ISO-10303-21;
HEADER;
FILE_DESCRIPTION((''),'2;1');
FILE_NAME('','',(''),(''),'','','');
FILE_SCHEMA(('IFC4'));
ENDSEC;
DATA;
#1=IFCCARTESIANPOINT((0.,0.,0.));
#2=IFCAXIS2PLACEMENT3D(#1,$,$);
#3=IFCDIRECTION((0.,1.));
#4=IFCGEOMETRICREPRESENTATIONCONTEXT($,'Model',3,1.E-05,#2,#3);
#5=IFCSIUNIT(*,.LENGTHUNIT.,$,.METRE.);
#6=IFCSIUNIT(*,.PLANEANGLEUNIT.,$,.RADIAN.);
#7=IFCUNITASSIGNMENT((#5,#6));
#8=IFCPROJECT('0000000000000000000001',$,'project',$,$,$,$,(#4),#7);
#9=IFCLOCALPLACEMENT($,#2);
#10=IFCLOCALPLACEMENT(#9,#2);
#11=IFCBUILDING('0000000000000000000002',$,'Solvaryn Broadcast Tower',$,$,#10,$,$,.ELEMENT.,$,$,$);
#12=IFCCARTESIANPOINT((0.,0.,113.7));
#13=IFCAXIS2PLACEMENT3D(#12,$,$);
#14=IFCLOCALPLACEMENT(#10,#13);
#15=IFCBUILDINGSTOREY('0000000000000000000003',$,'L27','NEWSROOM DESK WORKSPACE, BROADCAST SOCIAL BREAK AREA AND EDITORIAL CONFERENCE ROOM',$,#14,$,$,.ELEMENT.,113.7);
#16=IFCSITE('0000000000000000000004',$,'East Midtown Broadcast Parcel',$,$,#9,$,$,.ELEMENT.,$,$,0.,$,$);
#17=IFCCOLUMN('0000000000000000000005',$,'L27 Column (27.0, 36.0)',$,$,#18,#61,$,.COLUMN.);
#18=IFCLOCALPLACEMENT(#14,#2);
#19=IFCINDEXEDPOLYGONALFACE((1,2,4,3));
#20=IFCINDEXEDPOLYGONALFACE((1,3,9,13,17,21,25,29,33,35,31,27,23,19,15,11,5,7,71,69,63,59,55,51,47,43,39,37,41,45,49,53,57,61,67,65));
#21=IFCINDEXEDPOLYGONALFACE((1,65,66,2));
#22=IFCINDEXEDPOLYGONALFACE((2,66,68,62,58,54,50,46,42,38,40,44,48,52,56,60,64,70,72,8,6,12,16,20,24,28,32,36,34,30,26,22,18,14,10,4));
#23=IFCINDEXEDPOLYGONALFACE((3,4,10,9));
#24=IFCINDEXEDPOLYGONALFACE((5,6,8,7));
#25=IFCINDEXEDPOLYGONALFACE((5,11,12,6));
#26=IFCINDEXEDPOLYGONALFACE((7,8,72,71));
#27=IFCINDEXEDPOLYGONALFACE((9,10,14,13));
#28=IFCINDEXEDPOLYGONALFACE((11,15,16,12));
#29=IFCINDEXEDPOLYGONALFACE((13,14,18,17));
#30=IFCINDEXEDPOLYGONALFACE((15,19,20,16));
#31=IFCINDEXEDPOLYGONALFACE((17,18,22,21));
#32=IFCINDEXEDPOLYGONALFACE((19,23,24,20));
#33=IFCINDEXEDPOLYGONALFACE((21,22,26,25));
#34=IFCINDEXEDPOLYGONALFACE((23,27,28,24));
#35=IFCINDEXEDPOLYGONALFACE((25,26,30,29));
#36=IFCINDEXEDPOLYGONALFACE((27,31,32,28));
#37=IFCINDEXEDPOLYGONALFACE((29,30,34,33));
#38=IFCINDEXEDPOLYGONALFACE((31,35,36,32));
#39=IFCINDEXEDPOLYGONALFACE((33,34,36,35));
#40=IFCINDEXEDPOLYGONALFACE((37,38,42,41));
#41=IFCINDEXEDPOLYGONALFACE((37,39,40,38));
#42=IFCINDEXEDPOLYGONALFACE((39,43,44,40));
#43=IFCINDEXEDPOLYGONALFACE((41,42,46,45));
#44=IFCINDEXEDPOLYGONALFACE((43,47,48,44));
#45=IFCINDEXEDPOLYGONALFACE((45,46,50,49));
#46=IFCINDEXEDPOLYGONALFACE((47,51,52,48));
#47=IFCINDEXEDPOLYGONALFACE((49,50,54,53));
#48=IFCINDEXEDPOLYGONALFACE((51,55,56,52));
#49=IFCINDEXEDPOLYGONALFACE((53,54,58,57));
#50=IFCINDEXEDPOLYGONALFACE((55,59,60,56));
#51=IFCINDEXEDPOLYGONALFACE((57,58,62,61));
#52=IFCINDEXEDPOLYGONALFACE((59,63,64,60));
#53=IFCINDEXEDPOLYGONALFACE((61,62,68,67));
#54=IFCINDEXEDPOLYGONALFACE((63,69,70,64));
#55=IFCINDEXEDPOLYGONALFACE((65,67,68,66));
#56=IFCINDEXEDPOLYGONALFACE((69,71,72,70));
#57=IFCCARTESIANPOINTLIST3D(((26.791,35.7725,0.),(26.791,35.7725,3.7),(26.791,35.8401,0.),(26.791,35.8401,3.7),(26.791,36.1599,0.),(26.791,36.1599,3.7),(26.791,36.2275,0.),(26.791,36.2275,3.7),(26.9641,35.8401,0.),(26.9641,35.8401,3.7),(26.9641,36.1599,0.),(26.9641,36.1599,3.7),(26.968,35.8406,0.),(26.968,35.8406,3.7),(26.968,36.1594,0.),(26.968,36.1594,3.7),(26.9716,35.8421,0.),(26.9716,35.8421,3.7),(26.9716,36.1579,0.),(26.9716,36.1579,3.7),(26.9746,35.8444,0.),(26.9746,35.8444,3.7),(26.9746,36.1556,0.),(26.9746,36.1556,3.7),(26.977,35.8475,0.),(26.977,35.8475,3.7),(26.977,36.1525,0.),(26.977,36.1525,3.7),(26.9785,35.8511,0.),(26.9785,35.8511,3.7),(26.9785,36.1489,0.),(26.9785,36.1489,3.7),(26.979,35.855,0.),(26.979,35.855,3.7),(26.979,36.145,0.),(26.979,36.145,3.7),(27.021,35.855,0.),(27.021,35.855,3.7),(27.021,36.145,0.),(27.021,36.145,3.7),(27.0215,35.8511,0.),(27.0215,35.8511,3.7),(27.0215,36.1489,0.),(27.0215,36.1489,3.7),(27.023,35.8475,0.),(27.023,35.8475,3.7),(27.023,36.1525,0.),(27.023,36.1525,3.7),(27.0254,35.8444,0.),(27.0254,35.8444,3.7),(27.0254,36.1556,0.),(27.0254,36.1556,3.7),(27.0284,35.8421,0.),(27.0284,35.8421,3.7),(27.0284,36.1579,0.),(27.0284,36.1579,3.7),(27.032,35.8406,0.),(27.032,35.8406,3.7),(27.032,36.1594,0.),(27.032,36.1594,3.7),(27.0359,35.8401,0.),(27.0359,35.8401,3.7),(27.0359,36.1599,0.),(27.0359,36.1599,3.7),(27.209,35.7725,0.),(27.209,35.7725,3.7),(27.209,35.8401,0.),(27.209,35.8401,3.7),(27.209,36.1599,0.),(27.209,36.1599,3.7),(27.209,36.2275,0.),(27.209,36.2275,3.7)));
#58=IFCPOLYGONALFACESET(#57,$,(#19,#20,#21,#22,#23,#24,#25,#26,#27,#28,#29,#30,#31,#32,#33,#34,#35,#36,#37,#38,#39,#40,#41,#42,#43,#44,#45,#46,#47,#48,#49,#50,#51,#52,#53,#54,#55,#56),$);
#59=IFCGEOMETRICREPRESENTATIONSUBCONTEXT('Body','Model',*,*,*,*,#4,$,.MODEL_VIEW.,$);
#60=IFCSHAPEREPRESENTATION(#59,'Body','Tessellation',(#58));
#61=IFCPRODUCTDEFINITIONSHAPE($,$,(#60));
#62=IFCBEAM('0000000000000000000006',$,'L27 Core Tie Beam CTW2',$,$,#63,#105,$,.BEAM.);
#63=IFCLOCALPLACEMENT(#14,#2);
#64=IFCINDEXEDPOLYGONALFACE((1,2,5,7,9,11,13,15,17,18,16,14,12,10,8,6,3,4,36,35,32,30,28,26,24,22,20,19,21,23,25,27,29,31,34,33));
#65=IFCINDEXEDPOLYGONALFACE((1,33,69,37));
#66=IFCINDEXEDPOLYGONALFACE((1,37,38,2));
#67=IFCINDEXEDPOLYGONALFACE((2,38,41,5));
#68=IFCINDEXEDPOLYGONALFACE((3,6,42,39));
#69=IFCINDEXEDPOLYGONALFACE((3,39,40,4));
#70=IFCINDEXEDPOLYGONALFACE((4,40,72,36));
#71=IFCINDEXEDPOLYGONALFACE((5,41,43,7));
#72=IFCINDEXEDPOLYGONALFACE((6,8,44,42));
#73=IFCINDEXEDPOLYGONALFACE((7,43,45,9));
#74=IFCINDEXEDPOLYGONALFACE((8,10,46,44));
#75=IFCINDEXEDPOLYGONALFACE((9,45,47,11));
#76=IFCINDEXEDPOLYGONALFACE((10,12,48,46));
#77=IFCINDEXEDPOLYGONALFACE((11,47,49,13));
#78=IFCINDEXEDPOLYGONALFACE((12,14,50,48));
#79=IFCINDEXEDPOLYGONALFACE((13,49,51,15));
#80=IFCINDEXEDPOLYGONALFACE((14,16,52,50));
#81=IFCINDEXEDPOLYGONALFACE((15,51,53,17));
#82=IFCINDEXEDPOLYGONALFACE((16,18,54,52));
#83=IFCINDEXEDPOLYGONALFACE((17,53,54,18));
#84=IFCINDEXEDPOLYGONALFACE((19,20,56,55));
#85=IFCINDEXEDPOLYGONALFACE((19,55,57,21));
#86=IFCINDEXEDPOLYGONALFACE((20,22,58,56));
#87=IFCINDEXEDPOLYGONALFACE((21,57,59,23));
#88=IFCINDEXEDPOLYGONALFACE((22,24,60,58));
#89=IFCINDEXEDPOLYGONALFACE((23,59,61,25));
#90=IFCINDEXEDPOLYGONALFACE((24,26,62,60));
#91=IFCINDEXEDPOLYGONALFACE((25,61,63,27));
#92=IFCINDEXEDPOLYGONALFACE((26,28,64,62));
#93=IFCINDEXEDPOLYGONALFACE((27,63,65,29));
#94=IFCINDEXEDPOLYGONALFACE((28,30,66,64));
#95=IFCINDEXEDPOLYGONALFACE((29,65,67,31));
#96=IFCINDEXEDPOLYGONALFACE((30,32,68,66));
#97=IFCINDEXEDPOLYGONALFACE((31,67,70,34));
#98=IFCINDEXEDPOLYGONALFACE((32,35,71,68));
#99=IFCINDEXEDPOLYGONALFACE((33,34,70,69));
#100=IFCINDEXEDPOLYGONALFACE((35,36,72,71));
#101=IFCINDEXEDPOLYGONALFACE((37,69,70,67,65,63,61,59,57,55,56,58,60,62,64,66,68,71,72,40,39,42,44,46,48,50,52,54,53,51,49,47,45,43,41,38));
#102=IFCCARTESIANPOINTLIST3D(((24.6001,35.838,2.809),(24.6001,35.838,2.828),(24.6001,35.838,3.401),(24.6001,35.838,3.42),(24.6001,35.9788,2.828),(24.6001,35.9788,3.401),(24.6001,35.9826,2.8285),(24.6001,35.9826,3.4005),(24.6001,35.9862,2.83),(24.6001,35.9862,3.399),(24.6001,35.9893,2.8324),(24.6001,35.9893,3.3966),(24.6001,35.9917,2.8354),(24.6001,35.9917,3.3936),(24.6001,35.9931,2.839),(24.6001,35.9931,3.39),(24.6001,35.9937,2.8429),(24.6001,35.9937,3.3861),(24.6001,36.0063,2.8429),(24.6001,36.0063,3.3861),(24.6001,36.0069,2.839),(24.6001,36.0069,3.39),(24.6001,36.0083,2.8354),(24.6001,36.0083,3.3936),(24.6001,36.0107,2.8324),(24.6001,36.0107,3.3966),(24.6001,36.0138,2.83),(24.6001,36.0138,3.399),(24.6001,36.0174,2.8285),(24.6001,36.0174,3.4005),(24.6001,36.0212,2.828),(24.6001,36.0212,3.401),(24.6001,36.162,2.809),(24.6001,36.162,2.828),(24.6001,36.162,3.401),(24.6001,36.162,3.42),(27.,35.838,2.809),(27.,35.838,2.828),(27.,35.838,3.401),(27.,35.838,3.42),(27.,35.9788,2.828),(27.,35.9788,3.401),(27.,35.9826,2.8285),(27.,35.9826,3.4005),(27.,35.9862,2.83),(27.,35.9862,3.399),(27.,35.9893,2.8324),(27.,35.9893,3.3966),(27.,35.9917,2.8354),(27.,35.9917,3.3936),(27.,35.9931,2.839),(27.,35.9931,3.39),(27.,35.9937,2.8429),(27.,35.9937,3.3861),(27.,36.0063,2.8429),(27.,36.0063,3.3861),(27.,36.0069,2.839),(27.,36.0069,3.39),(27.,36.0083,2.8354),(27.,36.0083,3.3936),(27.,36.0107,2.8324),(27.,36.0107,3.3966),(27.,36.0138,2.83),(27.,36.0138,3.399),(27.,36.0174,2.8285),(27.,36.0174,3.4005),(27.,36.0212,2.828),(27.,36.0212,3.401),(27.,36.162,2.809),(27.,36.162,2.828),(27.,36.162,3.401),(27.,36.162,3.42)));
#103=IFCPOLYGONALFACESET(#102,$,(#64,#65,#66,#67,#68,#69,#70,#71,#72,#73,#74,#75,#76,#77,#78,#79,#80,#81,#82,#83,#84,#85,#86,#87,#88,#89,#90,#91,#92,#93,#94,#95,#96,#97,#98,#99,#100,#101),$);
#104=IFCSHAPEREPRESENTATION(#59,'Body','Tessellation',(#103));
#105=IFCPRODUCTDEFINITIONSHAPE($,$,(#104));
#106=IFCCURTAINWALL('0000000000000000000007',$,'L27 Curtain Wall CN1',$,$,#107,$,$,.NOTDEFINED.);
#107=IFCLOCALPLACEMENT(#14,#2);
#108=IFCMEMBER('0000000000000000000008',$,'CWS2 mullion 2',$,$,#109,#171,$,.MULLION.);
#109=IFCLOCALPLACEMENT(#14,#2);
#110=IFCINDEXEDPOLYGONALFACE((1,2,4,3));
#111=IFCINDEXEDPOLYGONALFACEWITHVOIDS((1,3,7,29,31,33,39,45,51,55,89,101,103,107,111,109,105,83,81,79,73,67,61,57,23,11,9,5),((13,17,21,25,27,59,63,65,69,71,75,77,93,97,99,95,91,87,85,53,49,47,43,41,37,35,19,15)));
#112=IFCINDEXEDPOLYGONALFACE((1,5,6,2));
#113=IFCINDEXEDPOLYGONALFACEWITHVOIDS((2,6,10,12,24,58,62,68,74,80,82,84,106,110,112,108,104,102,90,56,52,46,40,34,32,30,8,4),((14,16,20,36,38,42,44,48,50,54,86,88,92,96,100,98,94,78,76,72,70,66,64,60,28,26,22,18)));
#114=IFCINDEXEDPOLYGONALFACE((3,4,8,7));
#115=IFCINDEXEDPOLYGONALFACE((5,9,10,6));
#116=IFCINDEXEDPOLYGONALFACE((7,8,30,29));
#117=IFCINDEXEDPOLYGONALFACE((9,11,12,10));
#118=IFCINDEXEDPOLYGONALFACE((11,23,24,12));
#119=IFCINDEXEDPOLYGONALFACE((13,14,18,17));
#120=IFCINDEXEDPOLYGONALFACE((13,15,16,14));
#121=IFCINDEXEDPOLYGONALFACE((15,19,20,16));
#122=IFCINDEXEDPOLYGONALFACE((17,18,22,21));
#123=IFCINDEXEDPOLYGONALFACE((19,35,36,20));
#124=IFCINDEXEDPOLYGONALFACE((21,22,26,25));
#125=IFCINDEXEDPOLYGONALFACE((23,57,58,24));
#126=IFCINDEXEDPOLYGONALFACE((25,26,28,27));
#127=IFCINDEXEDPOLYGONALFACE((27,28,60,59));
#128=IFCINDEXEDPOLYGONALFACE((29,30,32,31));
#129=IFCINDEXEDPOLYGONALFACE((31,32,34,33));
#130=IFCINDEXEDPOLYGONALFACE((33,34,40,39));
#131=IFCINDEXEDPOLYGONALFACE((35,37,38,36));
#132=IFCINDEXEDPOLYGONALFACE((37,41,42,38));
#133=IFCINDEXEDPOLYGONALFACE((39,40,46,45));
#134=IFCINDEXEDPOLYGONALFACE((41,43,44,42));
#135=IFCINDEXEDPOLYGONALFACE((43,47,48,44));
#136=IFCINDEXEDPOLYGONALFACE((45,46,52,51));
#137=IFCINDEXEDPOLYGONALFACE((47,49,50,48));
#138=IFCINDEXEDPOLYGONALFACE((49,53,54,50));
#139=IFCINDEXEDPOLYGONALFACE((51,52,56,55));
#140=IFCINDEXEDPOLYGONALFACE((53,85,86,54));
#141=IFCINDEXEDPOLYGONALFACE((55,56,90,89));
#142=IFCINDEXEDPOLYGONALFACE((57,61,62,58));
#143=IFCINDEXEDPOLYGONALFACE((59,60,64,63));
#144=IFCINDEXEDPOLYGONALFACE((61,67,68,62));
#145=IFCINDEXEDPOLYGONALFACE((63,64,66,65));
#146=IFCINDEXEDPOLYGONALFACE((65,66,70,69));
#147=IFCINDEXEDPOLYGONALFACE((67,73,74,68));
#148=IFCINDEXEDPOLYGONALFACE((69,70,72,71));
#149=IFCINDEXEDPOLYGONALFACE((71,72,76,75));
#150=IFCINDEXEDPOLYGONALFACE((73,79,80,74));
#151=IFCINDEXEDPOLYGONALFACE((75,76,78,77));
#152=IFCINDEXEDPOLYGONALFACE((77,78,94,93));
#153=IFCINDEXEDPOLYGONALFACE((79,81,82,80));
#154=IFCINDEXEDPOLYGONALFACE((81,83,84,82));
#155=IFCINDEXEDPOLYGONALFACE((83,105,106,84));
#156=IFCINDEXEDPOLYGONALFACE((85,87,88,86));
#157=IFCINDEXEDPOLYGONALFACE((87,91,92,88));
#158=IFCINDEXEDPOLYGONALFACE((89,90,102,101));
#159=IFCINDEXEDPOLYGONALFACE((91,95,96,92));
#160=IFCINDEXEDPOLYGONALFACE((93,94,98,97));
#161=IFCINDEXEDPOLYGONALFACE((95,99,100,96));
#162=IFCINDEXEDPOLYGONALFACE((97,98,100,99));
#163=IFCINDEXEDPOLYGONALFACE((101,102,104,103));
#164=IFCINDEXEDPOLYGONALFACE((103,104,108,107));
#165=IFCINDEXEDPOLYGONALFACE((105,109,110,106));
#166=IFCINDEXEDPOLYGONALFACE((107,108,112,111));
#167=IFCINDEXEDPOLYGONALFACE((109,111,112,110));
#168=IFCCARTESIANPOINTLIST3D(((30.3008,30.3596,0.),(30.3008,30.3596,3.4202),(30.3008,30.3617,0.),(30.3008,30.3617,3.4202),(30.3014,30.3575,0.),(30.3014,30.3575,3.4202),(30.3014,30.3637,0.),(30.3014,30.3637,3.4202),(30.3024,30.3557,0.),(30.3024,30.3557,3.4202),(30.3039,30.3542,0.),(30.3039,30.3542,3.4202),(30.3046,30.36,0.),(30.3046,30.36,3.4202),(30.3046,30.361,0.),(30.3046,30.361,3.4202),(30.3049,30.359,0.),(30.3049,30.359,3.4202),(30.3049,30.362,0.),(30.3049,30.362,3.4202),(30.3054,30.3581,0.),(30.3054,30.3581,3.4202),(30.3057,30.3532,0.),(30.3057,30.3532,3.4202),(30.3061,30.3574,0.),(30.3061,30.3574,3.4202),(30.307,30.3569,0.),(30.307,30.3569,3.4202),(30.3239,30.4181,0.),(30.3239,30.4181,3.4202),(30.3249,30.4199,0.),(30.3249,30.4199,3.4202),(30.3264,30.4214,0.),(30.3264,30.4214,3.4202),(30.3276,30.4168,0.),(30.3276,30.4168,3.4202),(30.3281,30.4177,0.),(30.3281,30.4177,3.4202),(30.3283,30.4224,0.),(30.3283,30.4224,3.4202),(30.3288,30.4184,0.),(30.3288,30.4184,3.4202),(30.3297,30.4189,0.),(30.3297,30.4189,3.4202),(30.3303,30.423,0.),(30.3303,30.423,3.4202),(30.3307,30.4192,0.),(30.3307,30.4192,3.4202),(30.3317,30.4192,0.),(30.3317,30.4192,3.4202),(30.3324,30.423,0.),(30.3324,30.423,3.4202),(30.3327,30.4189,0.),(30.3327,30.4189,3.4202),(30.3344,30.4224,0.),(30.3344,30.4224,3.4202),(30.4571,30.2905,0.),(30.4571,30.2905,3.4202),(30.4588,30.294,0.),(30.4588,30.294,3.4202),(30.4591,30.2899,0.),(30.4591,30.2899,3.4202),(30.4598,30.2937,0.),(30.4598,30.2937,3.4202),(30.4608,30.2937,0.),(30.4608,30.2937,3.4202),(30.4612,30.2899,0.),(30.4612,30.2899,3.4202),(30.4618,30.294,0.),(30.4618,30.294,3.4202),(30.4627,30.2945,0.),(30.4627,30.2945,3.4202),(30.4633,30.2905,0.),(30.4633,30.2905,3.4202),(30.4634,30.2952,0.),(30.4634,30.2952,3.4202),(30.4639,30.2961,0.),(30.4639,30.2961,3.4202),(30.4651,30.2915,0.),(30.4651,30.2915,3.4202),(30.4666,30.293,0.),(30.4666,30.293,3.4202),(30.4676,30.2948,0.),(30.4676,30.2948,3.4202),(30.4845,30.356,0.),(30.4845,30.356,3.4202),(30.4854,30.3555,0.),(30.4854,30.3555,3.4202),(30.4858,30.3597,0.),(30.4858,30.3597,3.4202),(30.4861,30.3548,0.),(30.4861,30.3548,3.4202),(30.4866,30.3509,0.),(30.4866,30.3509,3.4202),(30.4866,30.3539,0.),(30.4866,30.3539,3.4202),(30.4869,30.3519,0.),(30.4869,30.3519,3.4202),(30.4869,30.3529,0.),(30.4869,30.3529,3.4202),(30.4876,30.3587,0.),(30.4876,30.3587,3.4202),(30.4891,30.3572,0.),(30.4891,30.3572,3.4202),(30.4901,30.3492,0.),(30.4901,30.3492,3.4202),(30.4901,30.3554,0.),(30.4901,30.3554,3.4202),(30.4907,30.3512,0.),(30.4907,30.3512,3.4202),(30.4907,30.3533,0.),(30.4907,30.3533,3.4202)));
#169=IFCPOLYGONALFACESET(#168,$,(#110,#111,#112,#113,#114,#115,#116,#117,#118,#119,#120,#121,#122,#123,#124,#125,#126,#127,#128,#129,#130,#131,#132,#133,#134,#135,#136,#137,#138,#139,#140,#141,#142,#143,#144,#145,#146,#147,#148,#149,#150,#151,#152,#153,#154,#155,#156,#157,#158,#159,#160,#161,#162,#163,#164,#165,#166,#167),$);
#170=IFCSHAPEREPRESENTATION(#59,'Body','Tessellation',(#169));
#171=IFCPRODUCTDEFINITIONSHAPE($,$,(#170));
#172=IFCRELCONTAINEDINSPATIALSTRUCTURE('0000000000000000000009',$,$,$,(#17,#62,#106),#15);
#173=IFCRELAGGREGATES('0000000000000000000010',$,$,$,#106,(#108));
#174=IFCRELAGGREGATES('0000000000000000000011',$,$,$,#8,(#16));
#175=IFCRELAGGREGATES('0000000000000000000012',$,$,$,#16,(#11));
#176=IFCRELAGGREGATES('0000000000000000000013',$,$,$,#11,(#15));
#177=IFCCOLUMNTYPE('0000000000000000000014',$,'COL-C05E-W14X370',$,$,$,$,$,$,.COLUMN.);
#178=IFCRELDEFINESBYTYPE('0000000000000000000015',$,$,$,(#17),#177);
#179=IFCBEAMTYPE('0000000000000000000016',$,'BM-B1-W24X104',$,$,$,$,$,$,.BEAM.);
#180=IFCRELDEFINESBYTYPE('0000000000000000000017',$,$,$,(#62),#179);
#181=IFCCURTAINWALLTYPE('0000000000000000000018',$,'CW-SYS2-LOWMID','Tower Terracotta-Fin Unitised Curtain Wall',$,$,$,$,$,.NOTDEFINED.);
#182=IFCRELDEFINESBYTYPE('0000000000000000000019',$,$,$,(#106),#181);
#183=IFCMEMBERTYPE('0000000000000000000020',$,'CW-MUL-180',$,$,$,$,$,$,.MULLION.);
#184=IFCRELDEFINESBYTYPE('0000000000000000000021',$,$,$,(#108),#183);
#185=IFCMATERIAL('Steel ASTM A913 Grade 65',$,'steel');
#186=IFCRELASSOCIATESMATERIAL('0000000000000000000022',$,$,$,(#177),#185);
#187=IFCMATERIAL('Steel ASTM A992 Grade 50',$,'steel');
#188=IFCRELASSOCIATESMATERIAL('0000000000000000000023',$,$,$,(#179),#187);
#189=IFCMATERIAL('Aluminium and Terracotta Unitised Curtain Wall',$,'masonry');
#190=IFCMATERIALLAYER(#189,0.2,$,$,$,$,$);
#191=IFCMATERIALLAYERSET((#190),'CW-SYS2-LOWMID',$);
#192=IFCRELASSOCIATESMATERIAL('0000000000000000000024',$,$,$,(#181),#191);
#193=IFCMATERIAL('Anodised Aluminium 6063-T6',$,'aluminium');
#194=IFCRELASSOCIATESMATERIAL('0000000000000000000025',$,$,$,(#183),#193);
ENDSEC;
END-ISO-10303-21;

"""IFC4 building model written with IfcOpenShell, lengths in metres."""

from ifc_helpers import new_model, si_unit, direction, frame, origin, origin_2d, place, context, subcontext, project, spatial, hollow_rectangle, i_section, extrude, material, layer, layer_set, material_profile, profile_set, type_object, element, aggregate, save


model = new_model("IFC4")

# Units and contexts
model_context = context("Model", 3, precision=1e-05, world=origin(), true_north=direction((0.0, 1.0)))
body_context = subcontext(model_context, "Body", "Model", "MODEL_VIEW")
ifc_project = project(units=[si_unit("LENGTHUNIT", "METRE"), si_unit("PLANEANGLEUNIT", "RADIAN")], contexts=[model_context])

# Site, building, storey
site_placement = place(None, origin())
site = spatial("IfcSite", under=ifc_project, at=site_placement, Name="East Midtown Broadcast Parcel", CompositionType="ELEMENT", RefElevation=0.0)
building_placement = place(site_placement, origin())
building = spatial("IfcBuilding", under=site, at=building_placement, Name="Solvaryn Broadcast Tower", CompositionType="ELEMENT")
storey_placement = place(building_placement, frame((0.0, 0.0, 113.7)))
storey = spatial("IfcBuildingStorey", under=building, at=storey_placement, Name="L27", Description="NEWSROOM DESK WORKSPACE, BROADCAST SOCIAL BREAK AREA AND EDITORIAL CONFERENCE ROOM", CompositionType="ELEMENT", Elevation=113.7)

# Column
ifc_material_1 = material(Name="Steel ASTM A913 Grade 65", Category="steel")
ifc_material_profile_1 = material_profile(ifc_material_1, i_section(OverallWidth=0.418, OverallDepth=0.4551, WebThickness=0.042, FlangeThickness=0.0676, FilletRadius=0.0149, at=origin_2d()))
ifc_profile_set_1 = profile_set([ifc_material_profile_1], Name="Steel ASTM A913 Grade 65")
column_type = type_object("IfcColumnType", Name="COL-C05E-W14X370", PredefinedType="COLUMN", material=ifc_profile_set_1)
column_placement = place(storey_placement, frame((27.0, 36.0, 0.0), z_axis=(0.0, 0.0, 1.0), x_axis=(1.0, 0.0, 0.0)))
element("IfcColumn", 1, at=column_placement, inside=storey, type_object=column_type, Name="L27 Column (27.0, 36.0)", PredefinedType="COLUMN", context=body_context, shape_type="SweptSolid", body=[
    extrude(i_section(OverallWidth=0.418, OverallDepth=0.4551, WebThickness=0.042, FlangeThickness=0.0676, FilletRadius=0.0149, at=origin_2d()), origin(), (0.0, 0.0, 1.0), 3.7),
])

# Beam
ifc_material_2 = material(Name="Steel ASTM A992 Grade 50", Category="steel")
ifc_material_profile_2 = material_profile(ifc_material_2, i_section(OverallWidth=0.324, OverallDepth=0.6111, WebThickness=0.0127, FlangeThickness=0.019, FilletRadius=0.0149, at=origin_2d()))
ifc_profile_set_2 = profile_set([ifc_material_profile_2], Name="Steel ASTM A992 Grade 50")
beam_type = type_object("IfcBeamType", Name="BM-B1-W24X104", PredefinedType="BEAM", material=ifc_profile_set_2)
beam_placement = place(storey_placement, frame((24.6001, 36.0, 3.1145), z_axis=(1.0, 0.0, 0.0), x_axis=(0.0, 1.0, 0.0)))
element("IfcBeam", 2, at=beam_placement, inside=storey, type_object=beam_type, Name="L27 Core Tie Beam CTW2", PredefinedType="BEAM", context=body_context, shape_type="SweptSolid", body=[
    extrude(i_section(OverallWidth=0.324, OverallDepth=0.6111, WebThickness=0.0127, FlangeThickness=0.019, FilletRadius=0.0149, at=origin_2d()), origin(), (0.0, 0.0, 1.0), 2.3999),
])

# Curtain wall, member
ifc_material_3 = material(Name="Aluminium and Terracotta Unitised Curtain Wall", Category="masonry")
ifc_layer_1 = layer(ifc_material_3, 0.2)
ifc_layer_set_1 = layer_set([ifc_layer_1], Name="CW-SYS2-LOWMID")
curtain_wall_type = type_object("IfcCurtainWallType", Name="CW-SYS2-LOWMID", Description="Tower Terracotta-Fin Unitised Curtain Wall", PredefinedType="NOTDEFINED", material=ifc_layer_set_1)
curtain_wall_1_placement = place(storey_placement, origin())
curtain_wall_1 = element("IfcCurtainWall", 3, at=curtain_wall_1_placement, inside=storey, type_object=curtain_wall_type, Name="L27 Curtain Wall CN1", PredefinedType="NOTDEFINED")
ifc_material_4 = material(Name="Anodised Aluminium 6063-T6", Category="aluminium")
ifc_material_profile_3 = material_profile(ifc_material_4, hollow_rectangle(XDim=0.075, YDim=0.1799, WallThickness=0.0039, InnerFilletRadius=0.0039, OuterFilletRadius=0.0081, at=origin_2d()))
ifc_profile_set_3 = profile_set([ifc_material_profile_3], Name="Anodised Aluminium 6063-T6")
member_type_1 = type_object("IfcMemberType", Name="CW-MUL-180", PredefinedType="MULLION", material=ifc_profile_set_3)
member_1_placement = place(storey_placement, frame((30.3958, 30.3564, 0.0), z_axis=(0.0, 0.0, 1.0), x_axis=(-0.382646, -0.923895, 0.0)))
member_1 = element("IfcMember", 4, at=member_1_placement, type_object=member_type_1, Name="CWS2 mullion 2", PredefinedType="MULLION", context=body_context, shape_type="SweptSolid", body=[
    extrude(hollow_rectangle(XDim=0.075, YDim=0.1799, WallThickness=0.0039, InnerFilletRadius=0.0039, OuterFilletRadius=0.0081, at=origin_2d()), origin(), (0.0, 0.0, 1.0), 3.4202),
])

aggregate(curtain_wall_1, [member_1])

save(model, "model.ifc")
